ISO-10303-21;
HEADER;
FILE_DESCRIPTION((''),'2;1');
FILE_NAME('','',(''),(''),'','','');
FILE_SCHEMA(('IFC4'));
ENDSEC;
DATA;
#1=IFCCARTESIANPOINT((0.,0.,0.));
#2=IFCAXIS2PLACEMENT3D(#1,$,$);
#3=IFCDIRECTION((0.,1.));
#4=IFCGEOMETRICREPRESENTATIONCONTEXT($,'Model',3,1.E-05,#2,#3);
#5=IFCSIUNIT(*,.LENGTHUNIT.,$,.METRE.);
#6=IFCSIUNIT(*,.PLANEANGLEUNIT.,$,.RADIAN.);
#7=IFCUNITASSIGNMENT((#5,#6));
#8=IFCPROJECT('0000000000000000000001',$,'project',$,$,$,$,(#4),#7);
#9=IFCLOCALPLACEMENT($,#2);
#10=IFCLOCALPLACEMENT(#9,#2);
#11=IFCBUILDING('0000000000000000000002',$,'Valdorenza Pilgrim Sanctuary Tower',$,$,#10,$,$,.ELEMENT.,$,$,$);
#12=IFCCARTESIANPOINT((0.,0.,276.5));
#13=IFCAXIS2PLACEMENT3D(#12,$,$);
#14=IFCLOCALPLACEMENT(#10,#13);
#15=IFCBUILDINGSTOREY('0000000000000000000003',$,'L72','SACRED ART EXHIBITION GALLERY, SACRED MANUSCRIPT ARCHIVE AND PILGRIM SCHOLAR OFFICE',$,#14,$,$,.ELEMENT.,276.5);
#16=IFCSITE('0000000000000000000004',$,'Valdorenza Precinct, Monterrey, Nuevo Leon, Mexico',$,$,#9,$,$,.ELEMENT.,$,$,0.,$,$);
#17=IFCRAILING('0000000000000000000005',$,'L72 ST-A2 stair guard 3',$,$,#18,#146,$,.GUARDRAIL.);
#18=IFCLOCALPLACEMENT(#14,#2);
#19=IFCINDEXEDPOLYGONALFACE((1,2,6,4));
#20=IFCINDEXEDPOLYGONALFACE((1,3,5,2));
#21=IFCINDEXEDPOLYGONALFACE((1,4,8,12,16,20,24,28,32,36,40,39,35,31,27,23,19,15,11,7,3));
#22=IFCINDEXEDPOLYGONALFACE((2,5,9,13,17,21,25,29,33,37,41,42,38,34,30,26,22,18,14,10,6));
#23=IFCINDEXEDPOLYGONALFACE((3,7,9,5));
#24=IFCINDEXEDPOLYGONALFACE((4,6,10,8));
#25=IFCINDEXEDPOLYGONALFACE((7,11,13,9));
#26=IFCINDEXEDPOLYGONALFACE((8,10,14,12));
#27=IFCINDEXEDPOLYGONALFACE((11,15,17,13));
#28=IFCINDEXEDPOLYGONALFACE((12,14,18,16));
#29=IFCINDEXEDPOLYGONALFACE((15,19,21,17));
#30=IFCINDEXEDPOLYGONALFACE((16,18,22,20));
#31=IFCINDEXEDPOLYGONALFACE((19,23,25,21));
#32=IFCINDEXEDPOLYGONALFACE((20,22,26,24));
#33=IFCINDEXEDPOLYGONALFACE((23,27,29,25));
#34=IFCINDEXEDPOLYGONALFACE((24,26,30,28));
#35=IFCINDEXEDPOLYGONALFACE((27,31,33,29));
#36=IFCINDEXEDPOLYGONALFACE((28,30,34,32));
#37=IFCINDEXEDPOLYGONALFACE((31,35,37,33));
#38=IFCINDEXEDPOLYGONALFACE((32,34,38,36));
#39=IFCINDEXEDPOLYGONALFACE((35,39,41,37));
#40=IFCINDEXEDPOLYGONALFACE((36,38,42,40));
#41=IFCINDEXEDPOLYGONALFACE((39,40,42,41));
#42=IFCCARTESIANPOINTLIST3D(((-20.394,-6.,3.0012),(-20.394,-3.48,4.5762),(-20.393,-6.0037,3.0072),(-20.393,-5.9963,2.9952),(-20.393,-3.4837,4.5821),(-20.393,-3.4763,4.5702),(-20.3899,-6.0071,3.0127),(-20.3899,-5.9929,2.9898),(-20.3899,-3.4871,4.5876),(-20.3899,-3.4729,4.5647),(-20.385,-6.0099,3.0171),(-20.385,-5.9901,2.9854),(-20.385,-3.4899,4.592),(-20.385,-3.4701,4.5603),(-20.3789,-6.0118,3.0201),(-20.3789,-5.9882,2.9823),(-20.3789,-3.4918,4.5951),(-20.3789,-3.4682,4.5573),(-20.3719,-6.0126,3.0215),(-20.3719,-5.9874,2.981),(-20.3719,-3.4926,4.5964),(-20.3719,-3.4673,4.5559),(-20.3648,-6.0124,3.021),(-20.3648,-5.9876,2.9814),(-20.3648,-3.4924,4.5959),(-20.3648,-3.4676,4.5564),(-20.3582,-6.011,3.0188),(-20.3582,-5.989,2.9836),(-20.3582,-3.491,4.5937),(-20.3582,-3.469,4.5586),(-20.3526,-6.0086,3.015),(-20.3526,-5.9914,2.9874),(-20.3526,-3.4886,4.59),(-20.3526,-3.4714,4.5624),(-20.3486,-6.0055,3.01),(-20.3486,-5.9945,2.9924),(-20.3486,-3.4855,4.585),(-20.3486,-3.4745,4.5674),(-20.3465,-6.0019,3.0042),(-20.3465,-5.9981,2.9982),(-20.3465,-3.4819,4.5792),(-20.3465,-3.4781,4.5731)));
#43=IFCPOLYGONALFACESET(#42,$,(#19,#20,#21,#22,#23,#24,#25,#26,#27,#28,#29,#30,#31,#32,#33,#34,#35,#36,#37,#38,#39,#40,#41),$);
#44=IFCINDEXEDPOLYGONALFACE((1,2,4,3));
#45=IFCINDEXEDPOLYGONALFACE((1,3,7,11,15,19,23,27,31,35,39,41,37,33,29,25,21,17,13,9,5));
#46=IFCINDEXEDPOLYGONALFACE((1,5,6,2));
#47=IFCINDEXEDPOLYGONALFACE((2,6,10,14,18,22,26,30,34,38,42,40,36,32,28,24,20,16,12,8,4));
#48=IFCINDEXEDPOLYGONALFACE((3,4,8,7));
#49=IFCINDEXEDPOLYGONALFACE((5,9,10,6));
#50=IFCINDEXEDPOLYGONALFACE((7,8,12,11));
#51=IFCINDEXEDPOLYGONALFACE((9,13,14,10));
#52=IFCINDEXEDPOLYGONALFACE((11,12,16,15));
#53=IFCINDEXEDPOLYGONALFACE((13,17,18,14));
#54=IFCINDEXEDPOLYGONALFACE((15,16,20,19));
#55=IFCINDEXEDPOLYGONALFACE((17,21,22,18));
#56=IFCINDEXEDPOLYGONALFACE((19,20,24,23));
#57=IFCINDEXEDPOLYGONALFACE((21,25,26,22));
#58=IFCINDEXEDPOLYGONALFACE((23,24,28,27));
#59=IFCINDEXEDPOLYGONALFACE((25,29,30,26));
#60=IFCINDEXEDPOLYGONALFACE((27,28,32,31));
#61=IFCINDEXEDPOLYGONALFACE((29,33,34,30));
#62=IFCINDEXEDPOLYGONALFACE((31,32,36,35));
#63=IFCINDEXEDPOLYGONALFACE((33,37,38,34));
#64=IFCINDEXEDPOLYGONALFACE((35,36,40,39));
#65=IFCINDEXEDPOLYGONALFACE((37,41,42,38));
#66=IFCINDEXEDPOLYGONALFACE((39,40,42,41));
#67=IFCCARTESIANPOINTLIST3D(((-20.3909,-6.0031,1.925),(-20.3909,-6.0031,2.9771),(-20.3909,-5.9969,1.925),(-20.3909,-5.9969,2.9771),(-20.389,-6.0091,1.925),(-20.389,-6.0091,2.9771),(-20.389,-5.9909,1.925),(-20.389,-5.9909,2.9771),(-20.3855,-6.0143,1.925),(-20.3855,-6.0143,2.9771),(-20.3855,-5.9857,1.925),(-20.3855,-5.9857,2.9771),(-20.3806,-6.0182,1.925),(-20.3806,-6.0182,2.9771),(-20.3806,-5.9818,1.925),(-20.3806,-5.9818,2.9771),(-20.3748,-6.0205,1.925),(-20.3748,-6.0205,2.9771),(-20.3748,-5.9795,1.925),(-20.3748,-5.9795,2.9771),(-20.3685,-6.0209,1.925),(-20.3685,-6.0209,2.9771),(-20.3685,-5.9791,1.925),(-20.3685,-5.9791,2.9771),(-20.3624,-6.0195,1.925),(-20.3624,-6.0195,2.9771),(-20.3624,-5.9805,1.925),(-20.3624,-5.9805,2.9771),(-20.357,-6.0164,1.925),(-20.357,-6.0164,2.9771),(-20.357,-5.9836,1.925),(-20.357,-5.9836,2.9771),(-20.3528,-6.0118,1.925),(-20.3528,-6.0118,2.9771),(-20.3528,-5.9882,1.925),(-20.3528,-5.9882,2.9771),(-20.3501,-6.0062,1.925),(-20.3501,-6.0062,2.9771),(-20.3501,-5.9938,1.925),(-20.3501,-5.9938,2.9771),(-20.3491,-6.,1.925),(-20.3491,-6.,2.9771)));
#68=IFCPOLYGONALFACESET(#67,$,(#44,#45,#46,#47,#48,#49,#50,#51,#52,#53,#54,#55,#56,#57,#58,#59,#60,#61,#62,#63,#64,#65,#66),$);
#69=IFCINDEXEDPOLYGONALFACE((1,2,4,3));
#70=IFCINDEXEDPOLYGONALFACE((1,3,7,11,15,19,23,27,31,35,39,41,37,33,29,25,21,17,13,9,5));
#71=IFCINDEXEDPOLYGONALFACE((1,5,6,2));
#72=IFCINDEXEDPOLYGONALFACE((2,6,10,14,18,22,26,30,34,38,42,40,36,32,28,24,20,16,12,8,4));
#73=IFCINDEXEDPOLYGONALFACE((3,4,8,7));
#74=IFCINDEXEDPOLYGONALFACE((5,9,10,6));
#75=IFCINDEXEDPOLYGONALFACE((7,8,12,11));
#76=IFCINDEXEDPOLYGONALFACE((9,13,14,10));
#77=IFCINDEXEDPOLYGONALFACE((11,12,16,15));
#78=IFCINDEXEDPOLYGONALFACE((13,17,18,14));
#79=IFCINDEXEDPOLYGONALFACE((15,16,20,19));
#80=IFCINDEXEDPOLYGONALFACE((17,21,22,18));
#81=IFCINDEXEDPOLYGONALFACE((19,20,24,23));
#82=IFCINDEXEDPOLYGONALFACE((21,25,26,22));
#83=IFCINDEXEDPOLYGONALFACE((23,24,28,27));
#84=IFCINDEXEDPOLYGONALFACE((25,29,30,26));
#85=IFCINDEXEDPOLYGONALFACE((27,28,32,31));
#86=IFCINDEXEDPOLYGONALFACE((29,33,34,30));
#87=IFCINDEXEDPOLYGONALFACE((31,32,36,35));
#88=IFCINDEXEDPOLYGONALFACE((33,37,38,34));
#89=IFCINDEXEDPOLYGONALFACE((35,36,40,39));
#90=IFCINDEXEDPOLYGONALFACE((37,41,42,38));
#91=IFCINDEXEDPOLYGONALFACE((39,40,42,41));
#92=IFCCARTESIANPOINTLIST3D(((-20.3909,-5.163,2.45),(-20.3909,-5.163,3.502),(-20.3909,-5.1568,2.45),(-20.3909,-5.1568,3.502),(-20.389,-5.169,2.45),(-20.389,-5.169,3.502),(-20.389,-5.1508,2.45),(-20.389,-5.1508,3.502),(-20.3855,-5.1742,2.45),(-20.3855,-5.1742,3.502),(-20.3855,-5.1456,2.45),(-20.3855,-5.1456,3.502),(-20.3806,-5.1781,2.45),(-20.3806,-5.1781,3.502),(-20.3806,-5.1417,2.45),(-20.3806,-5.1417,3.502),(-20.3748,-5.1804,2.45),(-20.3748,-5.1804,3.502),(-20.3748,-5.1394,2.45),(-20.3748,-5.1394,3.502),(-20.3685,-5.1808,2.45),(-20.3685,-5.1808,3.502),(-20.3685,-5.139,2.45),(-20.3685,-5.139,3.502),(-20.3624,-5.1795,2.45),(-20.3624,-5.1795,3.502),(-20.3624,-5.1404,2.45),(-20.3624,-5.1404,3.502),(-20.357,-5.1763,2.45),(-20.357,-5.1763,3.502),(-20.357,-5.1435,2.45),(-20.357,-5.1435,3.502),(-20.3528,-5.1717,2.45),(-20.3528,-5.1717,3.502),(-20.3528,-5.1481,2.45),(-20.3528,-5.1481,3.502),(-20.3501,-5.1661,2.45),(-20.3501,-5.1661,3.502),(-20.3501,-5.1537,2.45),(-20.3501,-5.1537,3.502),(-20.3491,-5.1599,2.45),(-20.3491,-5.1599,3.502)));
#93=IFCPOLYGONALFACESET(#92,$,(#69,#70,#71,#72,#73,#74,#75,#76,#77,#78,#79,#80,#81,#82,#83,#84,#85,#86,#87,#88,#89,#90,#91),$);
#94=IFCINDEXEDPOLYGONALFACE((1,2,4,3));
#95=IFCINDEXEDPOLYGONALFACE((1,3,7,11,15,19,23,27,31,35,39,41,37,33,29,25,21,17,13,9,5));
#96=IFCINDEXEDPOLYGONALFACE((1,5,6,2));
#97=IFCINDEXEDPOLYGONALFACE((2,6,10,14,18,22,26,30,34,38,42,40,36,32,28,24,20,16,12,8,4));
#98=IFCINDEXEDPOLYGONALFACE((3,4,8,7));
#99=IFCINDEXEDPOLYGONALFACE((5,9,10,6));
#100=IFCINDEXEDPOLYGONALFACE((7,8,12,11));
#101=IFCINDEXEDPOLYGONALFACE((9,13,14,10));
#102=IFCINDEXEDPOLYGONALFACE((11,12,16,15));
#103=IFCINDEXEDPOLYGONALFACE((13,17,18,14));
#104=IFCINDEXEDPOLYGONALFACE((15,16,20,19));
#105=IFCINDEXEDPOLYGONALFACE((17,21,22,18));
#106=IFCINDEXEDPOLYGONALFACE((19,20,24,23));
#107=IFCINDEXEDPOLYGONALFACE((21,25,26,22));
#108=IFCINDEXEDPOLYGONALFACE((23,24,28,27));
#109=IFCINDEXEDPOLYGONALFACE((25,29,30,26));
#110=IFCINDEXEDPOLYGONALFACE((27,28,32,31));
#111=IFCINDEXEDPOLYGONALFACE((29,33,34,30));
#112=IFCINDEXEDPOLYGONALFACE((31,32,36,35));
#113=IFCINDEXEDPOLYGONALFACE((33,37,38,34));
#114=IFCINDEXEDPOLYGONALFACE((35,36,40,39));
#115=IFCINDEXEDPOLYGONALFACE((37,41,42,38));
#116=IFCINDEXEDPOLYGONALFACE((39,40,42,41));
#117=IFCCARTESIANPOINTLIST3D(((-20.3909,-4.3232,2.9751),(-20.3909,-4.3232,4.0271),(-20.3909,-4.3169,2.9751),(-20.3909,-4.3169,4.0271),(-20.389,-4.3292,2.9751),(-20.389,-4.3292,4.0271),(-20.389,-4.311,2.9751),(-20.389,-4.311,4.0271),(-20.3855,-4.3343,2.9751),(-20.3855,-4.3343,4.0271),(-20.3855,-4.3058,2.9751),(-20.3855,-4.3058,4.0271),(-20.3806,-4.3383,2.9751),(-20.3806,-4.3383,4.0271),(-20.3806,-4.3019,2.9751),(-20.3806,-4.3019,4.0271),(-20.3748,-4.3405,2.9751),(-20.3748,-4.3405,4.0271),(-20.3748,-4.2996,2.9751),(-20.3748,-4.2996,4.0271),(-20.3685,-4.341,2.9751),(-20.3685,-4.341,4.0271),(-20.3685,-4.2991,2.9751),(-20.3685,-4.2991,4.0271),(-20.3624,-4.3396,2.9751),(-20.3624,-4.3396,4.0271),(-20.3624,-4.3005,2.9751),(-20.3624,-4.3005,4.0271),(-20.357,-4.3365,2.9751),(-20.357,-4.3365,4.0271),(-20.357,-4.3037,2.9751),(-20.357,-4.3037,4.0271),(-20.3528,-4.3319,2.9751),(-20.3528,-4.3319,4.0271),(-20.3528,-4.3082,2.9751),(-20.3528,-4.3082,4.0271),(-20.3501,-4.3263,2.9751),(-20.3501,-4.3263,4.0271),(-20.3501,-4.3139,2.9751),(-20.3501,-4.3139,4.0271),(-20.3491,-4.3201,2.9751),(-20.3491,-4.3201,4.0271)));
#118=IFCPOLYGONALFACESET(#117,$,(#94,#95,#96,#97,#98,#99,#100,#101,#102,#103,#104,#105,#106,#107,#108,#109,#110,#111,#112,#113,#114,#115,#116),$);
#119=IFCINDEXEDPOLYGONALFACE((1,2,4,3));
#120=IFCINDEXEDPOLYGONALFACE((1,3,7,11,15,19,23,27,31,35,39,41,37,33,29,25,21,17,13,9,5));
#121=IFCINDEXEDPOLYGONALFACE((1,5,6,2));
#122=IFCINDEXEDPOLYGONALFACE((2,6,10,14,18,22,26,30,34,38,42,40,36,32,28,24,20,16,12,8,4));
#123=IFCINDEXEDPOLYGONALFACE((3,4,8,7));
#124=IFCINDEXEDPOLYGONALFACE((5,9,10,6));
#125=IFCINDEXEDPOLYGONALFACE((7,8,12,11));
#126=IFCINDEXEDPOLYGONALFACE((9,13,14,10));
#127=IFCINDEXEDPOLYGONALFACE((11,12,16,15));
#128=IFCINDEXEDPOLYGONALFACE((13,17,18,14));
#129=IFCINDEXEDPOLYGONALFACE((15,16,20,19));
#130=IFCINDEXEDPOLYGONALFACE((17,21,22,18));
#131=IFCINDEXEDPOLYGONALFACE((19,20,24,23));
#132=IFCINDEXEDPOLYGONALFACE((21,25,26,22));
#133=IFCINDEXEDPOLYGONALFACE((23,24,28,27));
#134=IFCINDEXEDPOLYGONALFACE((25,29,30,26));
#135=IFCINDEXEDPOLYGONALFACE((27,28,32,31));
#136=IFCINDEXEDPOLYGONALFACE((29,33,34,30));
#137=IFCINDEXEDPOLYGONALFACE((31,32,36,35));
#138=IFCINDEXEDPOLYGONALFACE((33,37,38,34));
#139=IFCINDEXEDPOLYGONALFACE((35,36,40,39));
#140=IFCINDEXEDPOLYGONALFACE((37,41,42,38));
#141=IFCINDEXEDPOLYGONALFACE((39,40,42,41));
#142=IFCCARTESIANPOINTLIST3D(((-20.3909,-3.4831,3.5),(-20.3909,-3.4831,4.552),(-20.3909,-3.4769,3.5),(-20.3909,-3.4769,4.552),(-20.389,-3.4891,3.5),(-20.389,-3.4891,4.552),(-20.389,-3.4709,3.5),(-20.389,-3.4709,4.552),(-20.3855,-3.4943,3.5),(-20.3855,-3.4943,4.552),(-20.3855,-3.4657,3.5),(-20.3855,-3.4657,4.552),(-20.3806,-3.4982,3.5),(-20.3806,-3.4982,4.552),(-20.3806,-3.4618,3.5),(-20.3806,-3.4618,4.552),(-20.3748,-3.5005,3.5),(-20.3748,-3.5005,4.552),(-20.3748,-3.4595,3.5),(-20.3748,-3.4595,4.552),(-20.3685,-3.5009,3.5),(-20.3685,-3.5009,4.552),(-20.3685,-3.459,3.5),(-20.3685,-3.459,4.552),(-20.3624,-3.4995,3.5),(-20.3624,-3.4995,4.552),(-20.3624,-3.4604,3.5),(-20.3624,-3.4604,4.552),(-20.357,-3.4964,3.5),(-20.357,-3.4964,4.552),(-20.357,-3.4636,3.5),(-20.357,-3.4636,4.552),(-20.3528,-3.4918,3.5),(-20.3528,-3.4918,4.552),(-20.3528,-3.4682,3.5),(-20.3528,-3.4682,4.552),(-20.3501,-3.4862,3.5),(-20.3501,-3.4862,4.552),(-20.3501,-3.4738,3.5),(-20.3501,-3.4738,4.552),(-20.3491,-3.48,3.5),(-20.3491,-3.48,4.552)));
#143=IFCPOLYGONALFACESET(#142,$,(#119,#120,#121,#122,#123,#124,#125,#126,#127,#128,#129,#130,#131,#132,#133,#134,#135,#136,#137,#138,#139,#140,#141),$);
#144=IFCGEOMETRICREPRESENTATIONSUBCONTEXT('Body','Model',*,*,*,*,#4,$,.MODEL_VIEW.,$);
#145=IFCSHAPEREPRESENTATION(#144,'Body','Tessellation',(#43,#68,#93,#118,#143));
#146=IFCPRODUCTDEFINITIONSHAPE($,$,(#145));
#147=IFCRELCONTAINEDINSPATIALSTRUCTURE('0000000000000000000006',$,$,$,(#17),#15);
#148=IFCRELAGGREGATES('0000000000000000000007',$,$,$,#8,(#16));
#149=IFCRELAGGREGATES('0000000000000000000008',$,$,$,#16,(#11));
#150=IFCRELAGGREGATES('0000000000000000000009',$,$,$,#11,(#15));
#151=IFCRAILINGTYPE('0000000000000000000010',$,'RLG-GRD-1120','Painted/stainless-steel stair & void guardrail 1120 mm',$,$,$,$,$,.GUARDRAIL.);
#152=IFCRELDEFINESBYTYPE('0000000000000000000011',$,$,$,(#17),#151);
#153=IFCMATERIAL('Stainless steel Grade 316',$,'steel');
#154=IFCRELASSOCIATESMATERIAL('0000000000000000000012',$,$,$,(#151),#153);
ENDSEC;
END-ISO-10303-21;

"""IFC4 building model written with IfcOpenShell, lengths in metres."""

from ifc_helpers import new_model, si_unit, direction, frame, origin, origin_2d, place, context, subcontext, project, spatial, circle, extrude, material, type_object, element, save


model = new_model("IFC4")

# Units and contexts
model_context = context("Model", 3, precision=1e-05, world=origin(), true_north=direction((0.0, 1.0)))
body_context = subcontext(model_context, "Body", "Model", "MODEL_VIEW")
ifc_project = project(units=[si_unit("LENGTHUNIT", "METRE"), si_unit("PLANEANGLEUNIT", "RADIAN")], contexts=[model_context])

# Site, building, storey
site_placement = place(None, origin())
site = spatial("IfcSite", under=ifc_project, at=site_placement, Name="Valdorenza Precinct, Monterrey, Nuevo Leon, Mexico", CompositionType="ELEMENT", RefElevation=0.0)
building_placement = place(site_placement, origin())
building = spatial("IfcBuilding", under=site, at=building_placement, Name="Valdorenza Pilgrim Sanctuary Tower", CompositionType="ELEMENT")
storey_placement = place(building_placement, frame((0.0, 0.0, 276.5)))
storey = spatial("IfcBuildingStorey", under=building, at=storey_placement, Name="L72", Description="SACRED ART EXHIBITION GALLERY, SACRED MANUSCRIPT ARCHIVE AND PILGRIM SCHOLAR OFFICE", CompositionType="ELEMENT", Elevation=276.5)

# Railing
ifc_material_1 = material(Name="Stainless steel Grade 316", Category="steel")
railing_type_1 = type_object("IfcRailingType", Name="RLG-GRD-1120", Description="Painted/stainless-steel stair & void guardrail 1120 mm", PredefinedType="GUARDRAIL", material=ifc_material_1)
railing_1_placement = place(storey_placement, frame((-20.3701, -6.0, 1.925)))
element("IfcRailing", 1, at=railing_1_placement, inside=storey, type_object=railing_type_1, Name="L72 ST-A2 stair guard 3", PredefinedType="GUARDRAIL", context=body_context, shape_type="SweptSolid", body=[
    extrude(circle(Radius=0.0239, at=origin_2d()), frame((0.0, 0.0, 1.0762), z_axis=(0.0, 0.848008, 0.529984), x_axis=(-1.0, 0.0, 0.0)), (0.0, 0.0, 1.0), 2.9717),
    extrude(circle(Radius=0.021, at=origin_2d()), origin(), (0.0, 0.0, 1.0), 1.052),
    extrude(circle(Radius=0.021, at=origin_2d()), frame((0.0, 0.8401, 0.5249)), (0.0, 0.0, 1.0), 1.052),
    extrude(circle(Radius=0.021, at=origin_2d()), frame((0.0, 1.6799, 1.05)), (0.0, 0.0, 1.0), 1.052),
    extrude(circle(Radius=0.021, at=origin_2d()), frame((0.0, 2.52, 1.575)), (0.0, 0.0, 1.0), 1.052),
])

save(model, "model.ifc")
